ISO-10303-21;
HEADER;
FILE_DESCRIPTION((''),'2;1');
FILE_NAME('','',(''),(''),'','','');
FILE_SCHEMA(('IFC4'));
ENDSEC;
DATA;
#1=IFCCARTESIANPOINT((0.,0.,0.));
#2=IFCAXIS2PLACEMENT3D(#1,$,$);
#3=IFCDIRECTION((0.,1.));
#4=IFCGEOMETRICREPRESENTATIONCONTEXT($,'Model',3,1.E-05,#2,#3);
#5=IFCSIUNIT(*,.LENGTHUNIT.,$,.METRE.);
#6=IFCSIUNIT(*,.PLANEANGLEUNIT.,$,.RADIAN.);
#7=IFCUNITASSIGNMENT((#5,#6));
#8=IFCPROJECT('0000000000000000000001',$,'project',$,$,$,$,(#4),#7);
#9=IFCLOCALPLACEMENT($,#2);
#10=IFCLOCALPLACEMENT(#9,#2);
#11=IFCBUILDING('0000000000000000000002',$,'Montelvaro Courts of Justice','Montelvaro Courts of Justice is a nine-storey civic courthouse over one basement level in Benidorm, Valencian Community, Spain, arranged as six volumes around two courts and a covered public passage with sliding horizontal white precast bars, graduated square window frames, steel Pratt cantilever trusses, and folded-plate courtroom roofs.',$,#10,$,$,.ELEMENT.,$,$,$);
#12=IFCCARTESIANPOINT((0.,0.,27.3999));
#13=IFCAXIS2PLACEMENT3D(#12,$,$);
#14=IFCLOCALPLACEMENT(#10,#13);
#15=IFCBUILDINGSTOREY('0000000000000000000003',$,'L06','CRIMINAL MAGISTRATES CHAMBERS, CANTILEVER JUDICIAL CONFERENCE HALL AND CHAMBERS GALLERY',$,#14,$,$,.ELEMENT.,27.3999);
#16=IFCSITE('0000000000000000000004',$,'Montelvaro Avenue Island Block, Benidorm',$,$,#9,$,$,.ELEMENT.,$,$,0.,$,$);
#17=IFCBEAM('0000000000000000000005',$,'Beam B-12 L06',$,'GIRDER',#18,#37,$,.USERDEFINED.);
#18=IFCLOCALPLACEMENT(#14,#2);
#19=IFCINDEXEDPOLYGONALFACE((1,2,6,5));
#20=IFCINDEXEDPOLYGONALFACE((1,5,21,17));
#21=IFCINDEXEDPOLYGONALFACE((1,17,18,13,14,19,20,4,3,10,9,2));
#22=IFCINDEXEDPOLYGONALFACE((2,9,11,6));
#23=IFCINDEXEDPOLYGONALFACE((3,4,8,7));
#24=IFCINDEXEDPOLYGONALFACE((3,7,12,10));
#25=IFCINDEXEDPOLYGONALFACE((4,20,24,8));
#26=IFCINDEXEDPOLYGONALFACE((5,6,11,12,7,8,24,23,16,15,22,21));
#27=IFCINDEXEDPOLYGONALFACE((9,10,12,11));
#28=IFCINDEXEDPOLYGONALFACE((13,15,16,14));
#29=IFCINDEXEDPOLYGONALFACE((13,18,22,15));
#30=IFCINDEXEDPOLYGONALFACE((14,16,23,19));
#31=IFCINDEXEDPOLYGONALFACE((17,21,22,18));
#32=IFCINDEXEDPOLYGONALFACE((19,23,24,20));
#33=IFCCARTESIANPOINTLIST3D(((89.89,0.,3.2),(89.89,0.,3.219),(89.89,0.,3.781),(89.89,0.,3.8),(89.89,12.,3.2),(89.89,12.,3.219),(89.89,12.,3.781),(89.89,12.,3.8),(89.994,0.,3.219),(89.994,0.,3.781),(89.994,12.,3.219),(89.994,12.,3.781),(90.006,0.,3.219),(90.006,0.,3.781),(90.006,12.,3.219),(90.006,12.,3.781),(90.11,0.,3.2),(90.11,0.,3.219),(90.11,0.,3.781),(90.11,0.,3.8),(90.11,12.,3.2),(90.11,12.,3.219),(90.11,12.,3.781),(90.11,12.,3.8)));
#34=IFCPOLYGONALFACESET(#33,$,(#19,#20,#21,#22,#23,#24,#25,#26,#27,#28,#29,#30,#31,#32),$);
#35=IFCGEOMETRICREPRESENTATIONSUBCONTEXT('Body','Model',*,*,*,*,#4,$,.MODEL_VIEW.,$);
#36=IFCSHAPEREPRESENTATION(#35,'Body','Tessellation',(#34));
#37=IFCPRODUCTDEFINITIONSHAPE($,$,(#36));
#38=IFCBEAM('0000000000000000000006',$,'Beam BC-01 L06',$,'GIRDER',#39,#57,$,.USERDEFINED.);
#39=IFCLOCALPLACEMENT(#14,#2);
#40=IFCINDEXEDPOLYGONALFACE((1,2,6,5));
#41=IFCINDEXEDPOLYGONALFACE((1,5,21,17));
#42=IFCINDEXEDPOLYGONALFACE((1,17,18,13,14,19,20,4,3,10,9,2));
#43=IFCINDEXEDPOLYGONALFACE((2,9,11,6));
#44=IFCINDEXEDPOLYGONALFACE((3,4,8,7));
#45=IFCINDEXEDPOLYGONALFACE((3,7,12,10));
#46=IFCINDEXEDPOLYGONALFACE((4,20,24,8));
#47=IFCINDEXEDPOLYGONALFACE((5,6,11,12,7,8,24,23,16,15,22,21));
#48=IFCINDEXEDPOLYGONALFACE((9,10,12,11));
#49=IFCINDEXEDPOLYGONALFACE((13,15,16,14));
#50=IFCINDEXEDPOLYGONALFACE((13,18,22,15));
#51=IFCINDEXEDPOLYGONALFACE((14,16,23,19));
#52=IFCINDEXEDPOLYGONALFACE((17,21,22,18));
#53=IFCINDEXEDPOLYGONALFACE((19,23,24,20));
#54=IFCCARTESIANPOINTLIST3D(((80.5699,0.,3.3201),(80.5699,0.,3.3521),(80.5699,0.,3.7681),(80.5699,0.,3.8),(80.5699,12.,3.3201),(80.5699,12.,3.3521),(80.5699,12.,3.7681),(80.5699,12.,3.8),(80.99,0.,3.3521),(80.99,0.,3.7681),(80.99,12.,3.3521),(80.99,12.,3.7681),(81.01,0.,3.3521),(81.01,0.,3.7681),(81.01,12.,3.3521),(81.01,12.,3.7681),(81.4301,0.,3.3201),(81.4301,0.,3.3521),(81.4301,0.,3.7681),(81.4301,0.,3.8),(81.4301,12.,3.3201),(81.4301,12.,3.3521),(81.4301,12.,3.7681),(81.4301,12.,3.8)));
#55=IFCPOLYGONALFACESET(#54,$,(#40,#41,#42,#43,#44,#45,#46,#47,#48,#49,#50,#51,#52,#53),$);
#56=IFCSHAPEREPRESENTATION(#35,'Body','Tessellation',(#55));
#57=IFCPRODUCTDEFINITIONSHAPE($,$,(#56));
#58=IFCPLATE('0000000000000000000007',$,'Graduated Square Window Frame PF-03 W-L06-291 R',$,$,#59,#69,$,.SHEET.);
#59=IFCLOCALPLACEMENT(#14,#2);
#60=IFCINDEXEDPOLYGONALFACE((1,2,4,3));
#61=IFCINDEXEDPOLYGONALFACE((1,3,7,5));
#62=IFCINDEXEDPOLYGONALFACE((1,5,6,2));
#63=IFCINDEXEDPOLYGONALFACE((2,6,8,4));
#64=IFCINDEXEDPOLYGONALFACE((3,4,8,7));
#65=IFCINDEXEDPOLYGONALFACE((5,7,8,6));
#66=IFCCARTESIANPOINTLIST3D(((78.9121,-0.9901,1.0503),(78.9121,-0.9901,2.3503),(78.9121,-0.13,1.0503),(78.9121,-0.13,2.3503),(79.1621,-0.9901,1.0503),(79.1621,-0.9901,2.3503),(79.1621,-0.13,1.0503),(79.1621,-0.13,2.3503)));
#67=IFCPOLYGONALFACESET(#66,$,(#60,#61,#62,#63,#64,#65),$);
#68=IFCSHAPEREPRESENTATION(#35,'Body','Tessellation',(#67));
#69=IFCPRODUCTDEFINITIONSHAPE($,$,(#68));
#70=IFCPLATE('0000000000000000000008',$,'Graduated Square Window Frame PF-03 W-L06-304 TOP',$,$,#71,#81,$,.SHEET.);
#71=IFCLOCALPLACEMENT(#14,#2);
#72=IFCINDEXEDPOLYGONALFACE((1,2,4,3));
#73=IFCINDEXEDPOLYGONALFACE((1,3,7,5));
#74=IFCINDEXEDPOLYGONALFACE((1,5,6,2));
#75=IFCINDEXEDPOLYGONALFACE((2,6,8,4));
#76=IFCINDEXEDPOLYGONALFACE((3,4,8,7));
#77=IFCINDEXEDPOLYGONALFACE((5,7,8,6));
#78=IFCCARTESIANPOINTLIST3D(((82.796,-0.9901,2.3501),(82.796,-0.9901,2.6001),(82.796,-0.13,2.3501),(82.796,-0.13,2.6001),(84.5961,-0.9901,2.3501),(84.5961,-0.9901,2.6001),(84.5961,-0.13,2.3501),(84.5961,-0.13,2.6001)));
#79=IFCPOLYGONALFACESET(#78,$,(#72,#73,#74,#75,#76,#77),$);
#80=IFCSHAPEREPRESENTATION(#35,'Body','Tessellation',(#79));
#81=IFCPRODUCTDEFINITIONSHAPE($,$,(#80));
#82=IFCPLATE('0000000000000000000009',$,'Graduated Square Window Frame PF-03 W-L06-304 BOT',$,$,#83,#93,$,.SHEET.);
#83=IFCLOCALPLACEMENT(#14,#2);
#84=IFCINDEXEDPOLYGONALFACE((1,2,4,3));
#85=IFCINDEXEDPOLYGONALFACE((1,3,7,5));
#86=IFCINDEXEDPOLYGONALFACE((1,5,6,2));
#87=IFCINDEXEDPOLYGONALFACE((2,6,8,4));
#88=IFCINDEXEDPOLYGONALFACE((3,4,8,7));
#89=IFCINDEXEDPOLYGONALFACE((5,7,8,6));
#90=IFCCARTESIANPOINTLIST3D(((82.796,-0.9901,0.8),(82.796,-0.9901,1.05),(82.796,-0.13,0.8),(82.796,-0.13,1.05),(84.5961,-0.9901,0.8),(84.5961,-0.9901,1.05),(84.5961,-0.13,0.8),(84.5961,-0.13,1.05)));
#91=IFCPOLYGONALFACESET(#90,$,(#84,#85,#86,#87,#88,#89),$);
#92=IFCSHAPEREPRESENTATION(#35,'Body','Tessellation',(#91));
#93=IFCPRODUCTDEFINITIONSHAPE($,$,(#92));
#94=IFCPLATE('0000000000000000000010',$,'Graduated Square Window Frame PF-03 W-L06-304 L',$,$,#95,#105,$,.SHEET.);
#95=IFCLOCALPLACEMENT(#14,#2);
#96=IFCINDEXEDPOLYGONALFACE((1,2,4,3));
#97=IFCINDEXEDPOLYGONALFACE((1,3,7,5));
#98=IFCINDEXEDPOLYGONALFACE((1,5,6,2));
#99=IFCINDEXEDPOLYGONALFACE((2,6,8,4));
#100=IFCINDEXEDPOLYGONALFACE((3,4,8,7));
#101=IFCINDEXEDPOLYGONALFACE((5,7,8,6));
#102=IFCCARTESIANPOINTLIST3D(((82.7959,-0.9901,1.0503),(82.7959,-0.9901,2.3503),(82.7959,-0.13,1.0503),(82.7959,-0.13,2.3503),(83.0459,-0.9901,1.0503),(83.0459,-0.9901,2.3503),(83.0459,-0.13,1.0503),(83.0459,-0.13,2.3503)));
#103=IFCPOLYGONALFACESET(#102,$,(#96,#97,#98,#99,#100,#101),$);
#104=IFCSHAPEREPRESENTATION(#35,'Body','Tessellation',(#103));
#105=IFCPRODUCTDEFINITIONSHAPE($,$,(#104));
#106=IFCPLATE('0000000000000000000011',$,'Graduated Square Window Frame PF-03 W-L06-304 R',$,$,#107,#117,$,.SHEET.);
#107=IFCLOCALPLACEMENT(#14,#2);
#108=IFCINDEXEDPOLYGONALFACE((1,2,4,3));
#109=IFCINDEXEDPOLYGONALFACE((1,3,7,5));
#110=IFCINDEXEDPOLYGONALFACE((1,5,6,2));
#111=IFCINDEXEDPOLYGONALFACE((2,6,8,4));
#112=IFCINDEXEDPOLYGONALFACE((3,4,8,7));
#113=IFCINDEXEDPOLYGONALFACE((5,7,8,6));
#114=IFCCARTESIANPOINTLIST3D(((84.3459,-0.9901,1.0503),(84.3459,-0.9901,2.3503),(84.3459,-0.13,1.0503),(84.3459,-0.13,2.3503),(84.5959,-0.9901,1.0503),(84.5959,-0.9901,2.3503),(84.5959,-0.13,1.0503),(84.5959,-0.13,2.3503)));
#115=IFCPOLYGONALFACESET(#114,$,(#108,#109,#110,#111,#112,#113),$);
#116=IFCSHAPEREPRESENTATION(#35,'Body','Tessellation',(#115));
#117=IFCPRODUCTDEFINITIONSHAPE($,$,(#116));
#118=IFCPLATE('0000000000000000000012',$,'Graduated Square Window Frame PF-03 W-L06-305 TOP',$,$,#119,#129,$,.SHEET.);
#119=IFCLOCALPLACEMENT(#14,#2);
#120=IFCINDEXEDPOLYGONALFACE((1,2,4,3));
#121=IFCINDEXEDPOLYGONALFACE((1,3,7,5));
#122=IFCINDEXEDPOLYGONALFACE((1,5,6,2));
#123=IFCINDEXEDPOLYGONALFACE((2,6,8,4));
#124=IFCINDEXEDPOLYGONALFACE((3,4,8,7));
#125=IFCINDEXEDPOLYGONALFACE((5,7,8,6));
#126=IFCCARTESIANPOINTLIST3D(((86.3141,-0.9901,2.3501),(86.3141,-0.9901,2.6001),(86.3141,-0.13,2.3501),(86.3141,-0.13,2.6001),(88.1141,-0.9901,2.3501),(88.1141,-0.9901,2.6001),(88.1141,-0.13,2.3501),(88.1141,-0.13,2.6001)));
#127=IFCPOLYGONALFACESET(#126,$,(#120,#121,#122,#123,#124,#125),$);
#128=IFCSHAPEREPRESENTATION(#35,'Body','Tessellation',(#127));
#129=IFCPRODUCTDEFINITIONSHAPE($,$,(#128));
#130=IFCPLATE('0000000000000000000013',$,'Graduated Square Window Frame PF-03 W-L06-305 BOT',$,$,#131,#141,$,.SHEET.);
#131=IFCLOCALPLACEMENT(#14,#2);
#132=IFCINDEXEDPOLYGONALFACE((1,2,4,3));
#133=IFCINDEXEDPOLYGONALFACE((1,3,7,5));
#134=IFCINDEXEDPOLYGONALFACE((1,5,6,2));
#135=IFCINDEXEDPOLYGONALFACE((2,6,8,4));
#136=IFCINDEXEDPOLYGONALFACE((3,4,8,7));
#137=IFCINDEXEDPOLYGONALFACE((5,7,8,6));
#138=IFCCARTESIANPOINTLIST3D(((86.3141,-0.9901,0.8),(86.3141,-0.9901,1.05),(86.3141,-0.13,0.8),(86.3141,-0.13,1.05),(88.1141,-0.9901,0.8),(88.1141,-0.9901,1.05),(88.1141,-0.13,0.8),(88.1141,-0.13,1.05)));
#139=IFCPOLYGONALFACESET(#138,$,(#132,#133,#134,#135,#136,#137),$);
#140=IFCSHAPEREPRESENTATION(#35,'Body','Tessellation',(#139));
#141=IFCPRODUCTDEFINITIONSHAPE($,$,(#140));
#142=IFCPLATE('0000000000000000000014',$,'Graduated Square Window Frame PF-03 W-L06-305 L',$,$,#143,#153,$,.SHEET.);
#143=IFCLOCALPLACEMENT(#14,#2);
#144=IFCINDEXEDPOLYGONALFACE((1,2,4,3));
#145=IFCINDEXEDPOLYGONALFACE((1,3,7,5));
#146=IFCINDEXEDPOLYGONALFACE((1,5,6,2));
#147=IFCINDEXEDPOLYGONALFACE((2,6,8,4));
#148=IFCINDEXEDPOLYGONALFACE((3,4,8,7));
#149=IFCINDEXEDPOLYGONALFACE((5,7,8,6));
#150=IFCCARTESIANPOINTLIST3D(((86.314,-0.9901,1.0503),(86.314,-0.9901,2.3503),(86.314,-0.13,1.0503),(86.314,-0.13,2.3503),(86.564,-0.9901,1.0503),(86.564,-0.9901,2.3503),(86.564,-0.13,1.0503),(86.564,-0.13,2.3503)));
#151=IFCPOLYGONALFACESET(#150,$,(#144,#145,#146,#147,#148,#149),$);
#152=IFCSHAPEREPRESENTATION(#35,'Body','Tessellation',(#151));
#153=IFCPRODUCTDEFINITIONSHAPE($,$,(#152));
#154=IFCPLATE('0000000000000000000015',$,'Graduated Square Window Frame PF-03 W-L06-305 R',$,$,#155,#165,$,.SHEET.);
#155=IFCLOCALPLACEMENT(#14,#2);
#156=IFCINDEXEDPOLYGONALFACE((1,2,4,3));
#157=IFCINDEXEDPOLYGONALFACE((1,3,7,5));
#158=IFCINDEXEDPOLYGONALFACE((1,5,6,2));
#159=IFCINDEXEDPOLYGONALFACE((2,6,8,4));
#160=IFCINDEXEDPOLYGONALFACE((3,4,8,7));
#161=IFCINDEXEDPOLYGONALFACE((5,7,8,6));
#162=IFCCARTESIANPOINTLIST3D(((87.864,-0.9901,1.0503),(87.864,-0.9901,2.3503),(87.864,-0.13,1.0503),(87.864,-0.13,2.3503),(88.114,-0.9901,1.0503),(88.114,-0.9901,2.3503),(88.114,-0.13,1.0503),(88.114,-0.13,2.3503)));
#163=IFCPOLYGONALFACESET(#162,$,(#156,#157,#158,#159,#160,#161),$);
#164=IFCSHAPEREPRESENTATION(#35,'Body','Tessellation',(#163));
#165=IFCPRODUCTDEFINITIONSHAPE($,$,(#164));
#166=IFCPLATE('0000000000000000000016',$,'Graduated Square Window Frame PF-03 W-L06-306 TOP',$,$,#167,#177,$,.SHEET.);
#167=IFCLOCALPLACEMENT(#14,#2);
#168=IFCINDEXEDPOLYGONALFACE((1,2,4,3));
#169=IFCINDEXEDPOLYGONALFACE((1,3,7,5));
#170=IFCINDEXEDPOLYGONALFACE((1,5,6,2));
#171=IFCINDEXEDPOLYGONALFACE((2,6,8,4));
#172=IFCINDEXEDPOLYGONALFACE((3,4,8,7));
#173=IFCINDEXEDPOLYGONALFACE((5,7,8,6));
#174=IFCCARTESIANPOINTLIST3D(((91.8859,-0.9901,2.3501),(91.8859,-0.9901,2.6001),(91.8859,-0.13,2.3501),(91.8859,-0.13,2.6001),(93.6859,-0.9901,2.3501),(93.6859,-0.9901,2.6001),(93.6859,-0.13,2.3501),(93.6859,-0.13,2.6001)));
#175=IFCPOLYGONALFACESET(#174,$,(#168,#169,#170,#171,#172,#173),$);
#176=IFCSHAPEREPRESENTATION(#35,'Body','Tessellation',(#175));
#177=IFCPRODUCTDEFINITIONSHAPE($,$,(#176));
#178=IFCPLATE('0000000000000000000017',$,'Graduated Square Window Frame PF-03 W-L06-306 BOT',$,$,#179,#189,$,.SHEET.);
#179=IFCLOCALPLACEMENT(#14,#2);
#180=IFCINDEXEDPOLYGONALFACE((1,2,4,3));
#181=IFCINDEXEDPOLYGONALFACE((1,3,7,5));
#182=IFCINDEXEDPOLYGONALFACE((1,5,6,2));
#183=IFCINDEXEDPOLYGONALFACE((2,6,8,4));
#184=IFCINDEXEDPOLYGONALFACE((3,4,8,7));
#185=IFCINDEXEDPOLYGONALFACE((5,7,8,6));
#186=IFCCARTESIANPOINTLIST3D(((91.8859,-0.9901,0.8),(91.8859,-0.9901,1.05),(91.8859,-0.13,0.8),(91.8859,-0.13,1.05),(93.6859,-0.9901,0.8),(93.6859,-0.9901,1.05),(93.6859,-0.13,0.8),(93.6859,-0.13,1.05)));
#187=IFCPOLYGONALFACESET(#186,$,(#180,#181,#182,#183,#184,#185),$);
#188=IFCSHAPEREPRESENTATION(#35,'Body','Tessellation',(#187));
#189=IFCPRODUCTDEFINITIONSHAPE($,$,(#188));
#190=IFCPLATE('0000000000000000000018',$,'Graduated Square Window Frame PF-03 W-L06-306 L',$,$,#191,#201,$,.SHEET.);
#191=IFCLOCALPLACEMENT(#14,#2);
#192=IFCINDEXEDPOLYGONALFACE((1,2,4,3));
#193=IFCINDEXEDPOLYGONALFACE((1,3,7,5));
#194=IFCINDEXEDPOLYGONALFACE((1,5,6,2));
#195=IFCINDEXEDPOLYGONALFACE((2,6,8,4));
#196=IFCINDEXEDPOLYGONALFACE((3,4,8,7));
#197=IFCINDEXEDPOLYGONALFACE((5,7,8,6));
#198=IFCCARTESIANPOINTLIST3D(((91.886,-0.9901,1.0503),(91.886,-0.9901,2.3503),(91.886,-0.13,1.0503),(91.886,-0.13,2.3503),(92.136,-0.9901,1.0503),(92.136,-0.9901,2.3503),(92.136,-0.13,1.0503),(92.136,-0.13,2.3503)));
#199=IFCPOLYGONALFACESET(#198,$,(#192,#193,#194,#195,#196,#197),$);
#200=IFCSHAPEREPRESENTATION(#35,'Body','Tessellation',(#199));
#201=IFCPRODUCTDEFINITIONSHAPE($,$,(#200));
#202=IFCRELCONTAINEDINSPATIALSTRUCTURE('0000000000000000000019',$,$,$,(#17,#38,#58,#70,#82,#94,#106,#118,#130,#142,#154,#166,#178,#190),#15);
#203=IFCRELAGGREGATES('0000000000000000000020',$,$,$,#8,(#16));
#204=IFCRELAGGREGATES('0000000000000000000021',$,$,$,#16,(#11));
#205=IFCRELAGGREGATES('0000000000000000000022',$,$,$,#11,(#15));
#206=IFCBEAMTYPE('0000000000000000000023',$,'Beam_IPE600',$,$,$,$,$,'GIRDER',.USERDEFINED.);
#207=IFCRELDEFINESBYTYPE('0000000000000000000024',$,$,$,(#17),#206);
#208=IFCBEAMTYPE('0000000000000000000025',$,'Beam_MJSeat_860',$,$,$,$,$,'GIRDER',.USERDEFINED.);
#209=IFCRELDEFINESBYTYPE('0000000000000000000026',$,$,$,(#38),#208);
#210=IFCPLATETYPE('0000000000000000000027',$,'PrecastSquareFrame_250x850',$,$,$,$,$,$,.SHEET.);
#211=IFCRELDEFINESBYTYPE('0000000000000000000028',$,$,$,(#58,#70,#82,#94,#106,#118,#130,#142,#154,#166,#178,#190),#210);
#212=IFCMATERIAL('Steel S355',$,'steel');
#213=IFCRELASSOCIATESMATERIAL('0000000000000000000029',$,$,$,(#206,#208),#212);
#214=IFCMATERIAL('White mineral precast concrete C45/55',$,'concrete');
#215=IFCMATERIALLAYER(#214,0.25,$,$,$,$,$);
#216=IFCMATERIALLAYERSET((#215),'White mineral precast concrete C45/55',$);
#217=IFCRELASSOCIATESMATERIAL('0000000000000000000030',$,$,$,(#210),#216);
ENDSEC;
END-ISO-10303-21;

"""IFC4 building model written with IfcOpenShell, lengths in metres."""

from ifc_helpers import new_model, si_unit, direction, frame, origin, origin_2d, place, context, subcontext, project, spatial, rectangle, i_section, extrude, material, layer, layer_set, material_profile, profile_set, type_object, element, save


model = new_model("IFC4")

# Units and contexts
model_context = context("Model", 3, precision=1e-05, world=origin(), true_north=direction((0.0, 1.0)))
body_context = subcontext(model_context, "Body", "Model", "MODEL_VIEW")
ifc_project = project(units=[si_unit("LENGTHUNIT", "METRE"), si_unit("PLANEANGLEUNIT", "RADIAN")], contexts=[model_context])

# Site, building, storey
site_placement = place(None, origin())
site = spatial("IfcSite", under=ifc_project, at=site_placement, Name="Montelvaro Avenue Island Block, Benidorm", CompositionType="ELEMENT", RefElevation=0.0)
building_placement = place(site_placement, origin())
building = spatial("IfcBuilding", under=site, at=building_placement, Name="Montelvaro Courts of Justice", Description="Montelvaro Courts of Justice is a nine-storey civic courthouse over one basement level in Benidorm, Valencian Community, Spain, arranged as six volumes around two courts and a covered public passage with sliding horizontal white precast bars, graduated square window frames, steel Pratt cantilever trusses, and folded-plate courtroom roofs.", CompositionType="ELEMENT")
storey_placement = place(building_placement, frame((0.0, 0.0, 27.3999)))
storey = spatial("IfcBuildingStorey", under=building, at=storey_placement, Name="L06", Description="CRIMINAL MAGISTRATES CHAMBERS, CANTILEVER JUDICIAL CONFERENCE HALL AND CHAMBERS GALLERY", CompositionType="ELEMENT", Elevation=27.3999)

# Shared definitions
ifc_material_1 = material(Name="Steel S355", Category="steel")

# Beams
ifc_material_profile_1 = material_profile(ifc_material_1, i_section(OverallWidth=0.22, OverallDepth=0.6001, WebThickness=0.012, FlangeThickness=0.019, at=origin_2d()), Name="IPE 600")
ifc_profile_set_1 = profile_set([ifc_material_profile_1], Name="Steel S355")
beam_type_1 = type_object("IfcBeamType", Name="Beam_IPE600", ElementType="GIRDER", PredefinedType="USERDEFINED", material=ifc_profile_set_1)
beam_1_placement = place(storey_placement, frame((90.0, 0.0, 3.5), z_axis=(0.0, 1.0, 0.0), x_axis=(-1.0, 0.0, 0.0)))
element("IfcBeam", 1, at=beam_1_placement, inside=storey, type_object=beam_type_1, Name="Beam B-12 L06", ObjectType="GIRDER", PredefinedType="USERDEFINED", context=body_context, shape_type="SweptSolid", body=[
    extrude(i_section(OverallWidth=0.22, OverallDepth=0.6001, WebThickness=0.012, FlangeThickness=0.019, at=origin_2d()), origin(), (0.0, 0.0, 1.0), 12.0),
])
ifc_material_profile_2 = material_profile(ifc_material_1, i_section(OverallWidth=0.8601, OverallDepth=0.48, WebThickness=0.02, FlangeThickness=0.032, at=origin_2d()), Name="HL 480x860")
ifc_profile_set_2 = profile_set([ifc_material_profile_2], Name="Steel S355")
beam_type_2 = type_object("IfcBeamType", Name="Beam_MJSeat_860", ElementType="GIRDER", PredefinedType="USERDEFINED", material=ifc_profile_set_2)
beam_2_placement = place(storey_placement, frame((81.0, 0.0, 3.5601), z_axis=(0.0, 1.0, 0.0), x_axis=(-1.0, 0.0, 0.0)))
element("IfcBeam", 2, at=beam_2_placement, inside=storey, type_object=beam_type_2, Name="Beam BC-01 L06", ObjectType="GIRDER", PredefinedType="USERDEFINED", context=body_context, shape_type="SweptSolid", body=[
    extrude(i_section(OverallWidth=0.8601, OverallDepth=0.48, WebThickness=0.02, FlangeThickness=0.032, at=origin_2d()), origin(), (0.0, 0.0, 1.0), 12.0),
])

# Plates
ifc_material_2 = material(Name="White mineral precast concrete C45/55", Category="concrete")
ifc_layer_1 = layer(ifc_material_2, 0.25)
ifc_layer_set_1 = layer_set([ifc_layer_1], Name="White mineral precast concrete C45/55")
plate_type = type_object("IfcPlateType", Name="PrecastSquareFrame_250x850", PredefinedType="SHEET", material=ifc_layer_set_1)
plate_1_placement = place(storey_placement, frame((79.0371, -0.5601, 1.0503), z_axis=(0.0, 0.0, 1.0), x_axis=(1.0, 0.0, 0.0)))
element("IfcPlate", 3, at=plate_1_placement, inside=storey, type_object=plate_type, Name="Graduated Square Window Frame PF-03 W-L06-291 R", PredefinedType="SHEET", context=body_context, shape_type="SweptSolid", body=[
    extrude(rectangle(XDim=0.25, YDim=0.8601, at=origin_2d()), origin(), (0.0, 0.0, 1.0), 1.3),
])
for number, where, z_axis, x_axis, name in (
    (4, (83.696, -0.5601, 2.3501), (0.0, 0.0, 1.0), (1.0, 0.0, 0.0), "Graduated Square Window Frame PF-03 W-L06-304 TOP"),
    (5, (83.696, -0.5601, 0.8), (0.0, 0.0, 1.0), (1.0, 0.0, 0.0), "Graduated Square Window Frame PF-03 W-L06-304 BOT"),
):
    element("IfcPlate", number, at=place(storey_placement, frame(where, z_axis=z_axis, x_axis=x_axis)), inside=storey, type_object=plate_type, Name=name, PredefinedType="SHEET", context=body_context, shape_type="SweptSolid", body=[
        extrude(rectangle(XDim=1.8, YDim=0.8601, at=origin_2d()), origin(), (0.0, 0.0, 1.0), 0.25),
    ])
for number, where, z_axis, x_axis, name in (
    (6, (82.9209, -0.5601, 1.0503), (0.0, 0.0, 1.0), (1.0, 0.0, 0.0), "Graduated Square Window Frame PF-03 W-L06-304 L"),
    (7, (84.4709, -0.5601, 1.0503), (0.0, 0.0, 1.0), (1.0, 0.0, 0.0), "Graduated Square Window Frame PF-03 W-L06-304 R"),
):
    element("IfcPlate", number, at=place(storey_placement, frame(where, z_axis=z_axis, x_axis=x_axis)), inside=storey, type_object=plate_type, Name=name, PredefinedType="SHEET", context=body_context, shape_type="SweptSolid", body=[
        extrude(rectangle(XDim=0.25, YDim=0.8601, at=origin_2d()), origin(), (0.0, 0.0, 1.0), 1.3),
    ])
for number, where, z_axis, x_axis, name in (
    (8, (87.2141, -0.5601, 2.3501), (0.0, 0.0, 1.0), (1.0, 0.0, 0.0), "Graduated Square Window Frame PF-03 W-L06-305 TOP"),
    (9, (87.2141, -0.5601, 0.8), (0.0, 0.0, 1.0), (1.0, 0.0, 0.0), "Graduated Square Window Frame PF-03 W-L06-305 BOT"),
):
    element("IfcPlate", number, at=place(storey_placement, frame(where, z_axis=z_axis, x_axis=x_axis)), inside=storey, type_object=plate_type, Name=name, PredefinedType="SHEET", context=body_context, shape_type="SweptSolid", body=[
        extrude(rectangle(XDim=1.8, YDim=0.8601, at=origin_2d()), origin(), (0.0, 0.0, 1.0), 0.25),
    ])
for number, where, z_axis, x_axis, name in (
    (10, (86.439, -0.5601, 1.0503), (0.0, 0.0, 1.0), (1.0, 0.0, 0.0), "Graduated Square Window Frame PF-03 W-L06-305 L"),
    (11, (87.989, -0.5601, 1.0503), (0.0, 0.0, 1.0), (1.0, 0.0, 0.0), "Graduated Square Window Frame PF-03 W-L06-305 R"),
):
    element("IfcPlate", number, at=place(storey_placement, frame(where, z_axis=z_axis, x_axis=x_axis)), inside=storey, type_object=plate_type, Name=name, PredefinedType="SHEET", context=body_context, shape_type="SweptSolid", body=[
        extrude(rectangle(XDim=0.25, YDim=0.8601, at=origin_2d()), origin(), (0.0, 0.0, 1.0), 1.3),
    ])
for number, where, z_axis, x_axis, name in (
    (12, (92.7859, -0.5601, 2.3501), (0.0, 0.0, 1.0), (1.0, 0.0, 0.0), "Graduated Square Window Frame PF-03 W-L06-306 TOP"),
    (13, (92.7859, -0.5601, 0.8), (0.0, 0.0, 1.0), (1.0, 0.0, 0.0), "Graduated Square Window Frame PF-03 W-L06-306 BOT"),
):
    element("IfcPlate", number, at=place(storey_placement, frame(where, z_axis=z_axis, x_axis=x_axis)), inside=storey, type_object=plate_type, Name=name, PredefinedType="SHEET", context=body_context, shape_type="SweptSolid", body=[
        extrude(rectangle(XDim=1.8, YDim=0.8601, at=origin_2d()), origin(), (0.0, 0.0, 1.0), 0.25),
    ])
plate_2_placement = place(storey_placement, frame((92.011, -0.5601, 1.0503), z_axis=(0.0, 0.0, 1.0), x_axis=(1.0, 0.0, 0.0)))
element("IfcPlate", 14, at=plate_2_placement, inside=storey, type_object=plate_type, Name="Graduated Square Window Frame PF-03 W-L06-306 L", PredefinedType="SHEET", context=body_context, shape_type="SweptSolid", body=[
    extrude(rectangle(XDim=0.25, YDim=0.8601, at=origin_2d()), origin(), (0.0, 0.0, 1.0), 1.3),
])

save(model, "model.ifc")
